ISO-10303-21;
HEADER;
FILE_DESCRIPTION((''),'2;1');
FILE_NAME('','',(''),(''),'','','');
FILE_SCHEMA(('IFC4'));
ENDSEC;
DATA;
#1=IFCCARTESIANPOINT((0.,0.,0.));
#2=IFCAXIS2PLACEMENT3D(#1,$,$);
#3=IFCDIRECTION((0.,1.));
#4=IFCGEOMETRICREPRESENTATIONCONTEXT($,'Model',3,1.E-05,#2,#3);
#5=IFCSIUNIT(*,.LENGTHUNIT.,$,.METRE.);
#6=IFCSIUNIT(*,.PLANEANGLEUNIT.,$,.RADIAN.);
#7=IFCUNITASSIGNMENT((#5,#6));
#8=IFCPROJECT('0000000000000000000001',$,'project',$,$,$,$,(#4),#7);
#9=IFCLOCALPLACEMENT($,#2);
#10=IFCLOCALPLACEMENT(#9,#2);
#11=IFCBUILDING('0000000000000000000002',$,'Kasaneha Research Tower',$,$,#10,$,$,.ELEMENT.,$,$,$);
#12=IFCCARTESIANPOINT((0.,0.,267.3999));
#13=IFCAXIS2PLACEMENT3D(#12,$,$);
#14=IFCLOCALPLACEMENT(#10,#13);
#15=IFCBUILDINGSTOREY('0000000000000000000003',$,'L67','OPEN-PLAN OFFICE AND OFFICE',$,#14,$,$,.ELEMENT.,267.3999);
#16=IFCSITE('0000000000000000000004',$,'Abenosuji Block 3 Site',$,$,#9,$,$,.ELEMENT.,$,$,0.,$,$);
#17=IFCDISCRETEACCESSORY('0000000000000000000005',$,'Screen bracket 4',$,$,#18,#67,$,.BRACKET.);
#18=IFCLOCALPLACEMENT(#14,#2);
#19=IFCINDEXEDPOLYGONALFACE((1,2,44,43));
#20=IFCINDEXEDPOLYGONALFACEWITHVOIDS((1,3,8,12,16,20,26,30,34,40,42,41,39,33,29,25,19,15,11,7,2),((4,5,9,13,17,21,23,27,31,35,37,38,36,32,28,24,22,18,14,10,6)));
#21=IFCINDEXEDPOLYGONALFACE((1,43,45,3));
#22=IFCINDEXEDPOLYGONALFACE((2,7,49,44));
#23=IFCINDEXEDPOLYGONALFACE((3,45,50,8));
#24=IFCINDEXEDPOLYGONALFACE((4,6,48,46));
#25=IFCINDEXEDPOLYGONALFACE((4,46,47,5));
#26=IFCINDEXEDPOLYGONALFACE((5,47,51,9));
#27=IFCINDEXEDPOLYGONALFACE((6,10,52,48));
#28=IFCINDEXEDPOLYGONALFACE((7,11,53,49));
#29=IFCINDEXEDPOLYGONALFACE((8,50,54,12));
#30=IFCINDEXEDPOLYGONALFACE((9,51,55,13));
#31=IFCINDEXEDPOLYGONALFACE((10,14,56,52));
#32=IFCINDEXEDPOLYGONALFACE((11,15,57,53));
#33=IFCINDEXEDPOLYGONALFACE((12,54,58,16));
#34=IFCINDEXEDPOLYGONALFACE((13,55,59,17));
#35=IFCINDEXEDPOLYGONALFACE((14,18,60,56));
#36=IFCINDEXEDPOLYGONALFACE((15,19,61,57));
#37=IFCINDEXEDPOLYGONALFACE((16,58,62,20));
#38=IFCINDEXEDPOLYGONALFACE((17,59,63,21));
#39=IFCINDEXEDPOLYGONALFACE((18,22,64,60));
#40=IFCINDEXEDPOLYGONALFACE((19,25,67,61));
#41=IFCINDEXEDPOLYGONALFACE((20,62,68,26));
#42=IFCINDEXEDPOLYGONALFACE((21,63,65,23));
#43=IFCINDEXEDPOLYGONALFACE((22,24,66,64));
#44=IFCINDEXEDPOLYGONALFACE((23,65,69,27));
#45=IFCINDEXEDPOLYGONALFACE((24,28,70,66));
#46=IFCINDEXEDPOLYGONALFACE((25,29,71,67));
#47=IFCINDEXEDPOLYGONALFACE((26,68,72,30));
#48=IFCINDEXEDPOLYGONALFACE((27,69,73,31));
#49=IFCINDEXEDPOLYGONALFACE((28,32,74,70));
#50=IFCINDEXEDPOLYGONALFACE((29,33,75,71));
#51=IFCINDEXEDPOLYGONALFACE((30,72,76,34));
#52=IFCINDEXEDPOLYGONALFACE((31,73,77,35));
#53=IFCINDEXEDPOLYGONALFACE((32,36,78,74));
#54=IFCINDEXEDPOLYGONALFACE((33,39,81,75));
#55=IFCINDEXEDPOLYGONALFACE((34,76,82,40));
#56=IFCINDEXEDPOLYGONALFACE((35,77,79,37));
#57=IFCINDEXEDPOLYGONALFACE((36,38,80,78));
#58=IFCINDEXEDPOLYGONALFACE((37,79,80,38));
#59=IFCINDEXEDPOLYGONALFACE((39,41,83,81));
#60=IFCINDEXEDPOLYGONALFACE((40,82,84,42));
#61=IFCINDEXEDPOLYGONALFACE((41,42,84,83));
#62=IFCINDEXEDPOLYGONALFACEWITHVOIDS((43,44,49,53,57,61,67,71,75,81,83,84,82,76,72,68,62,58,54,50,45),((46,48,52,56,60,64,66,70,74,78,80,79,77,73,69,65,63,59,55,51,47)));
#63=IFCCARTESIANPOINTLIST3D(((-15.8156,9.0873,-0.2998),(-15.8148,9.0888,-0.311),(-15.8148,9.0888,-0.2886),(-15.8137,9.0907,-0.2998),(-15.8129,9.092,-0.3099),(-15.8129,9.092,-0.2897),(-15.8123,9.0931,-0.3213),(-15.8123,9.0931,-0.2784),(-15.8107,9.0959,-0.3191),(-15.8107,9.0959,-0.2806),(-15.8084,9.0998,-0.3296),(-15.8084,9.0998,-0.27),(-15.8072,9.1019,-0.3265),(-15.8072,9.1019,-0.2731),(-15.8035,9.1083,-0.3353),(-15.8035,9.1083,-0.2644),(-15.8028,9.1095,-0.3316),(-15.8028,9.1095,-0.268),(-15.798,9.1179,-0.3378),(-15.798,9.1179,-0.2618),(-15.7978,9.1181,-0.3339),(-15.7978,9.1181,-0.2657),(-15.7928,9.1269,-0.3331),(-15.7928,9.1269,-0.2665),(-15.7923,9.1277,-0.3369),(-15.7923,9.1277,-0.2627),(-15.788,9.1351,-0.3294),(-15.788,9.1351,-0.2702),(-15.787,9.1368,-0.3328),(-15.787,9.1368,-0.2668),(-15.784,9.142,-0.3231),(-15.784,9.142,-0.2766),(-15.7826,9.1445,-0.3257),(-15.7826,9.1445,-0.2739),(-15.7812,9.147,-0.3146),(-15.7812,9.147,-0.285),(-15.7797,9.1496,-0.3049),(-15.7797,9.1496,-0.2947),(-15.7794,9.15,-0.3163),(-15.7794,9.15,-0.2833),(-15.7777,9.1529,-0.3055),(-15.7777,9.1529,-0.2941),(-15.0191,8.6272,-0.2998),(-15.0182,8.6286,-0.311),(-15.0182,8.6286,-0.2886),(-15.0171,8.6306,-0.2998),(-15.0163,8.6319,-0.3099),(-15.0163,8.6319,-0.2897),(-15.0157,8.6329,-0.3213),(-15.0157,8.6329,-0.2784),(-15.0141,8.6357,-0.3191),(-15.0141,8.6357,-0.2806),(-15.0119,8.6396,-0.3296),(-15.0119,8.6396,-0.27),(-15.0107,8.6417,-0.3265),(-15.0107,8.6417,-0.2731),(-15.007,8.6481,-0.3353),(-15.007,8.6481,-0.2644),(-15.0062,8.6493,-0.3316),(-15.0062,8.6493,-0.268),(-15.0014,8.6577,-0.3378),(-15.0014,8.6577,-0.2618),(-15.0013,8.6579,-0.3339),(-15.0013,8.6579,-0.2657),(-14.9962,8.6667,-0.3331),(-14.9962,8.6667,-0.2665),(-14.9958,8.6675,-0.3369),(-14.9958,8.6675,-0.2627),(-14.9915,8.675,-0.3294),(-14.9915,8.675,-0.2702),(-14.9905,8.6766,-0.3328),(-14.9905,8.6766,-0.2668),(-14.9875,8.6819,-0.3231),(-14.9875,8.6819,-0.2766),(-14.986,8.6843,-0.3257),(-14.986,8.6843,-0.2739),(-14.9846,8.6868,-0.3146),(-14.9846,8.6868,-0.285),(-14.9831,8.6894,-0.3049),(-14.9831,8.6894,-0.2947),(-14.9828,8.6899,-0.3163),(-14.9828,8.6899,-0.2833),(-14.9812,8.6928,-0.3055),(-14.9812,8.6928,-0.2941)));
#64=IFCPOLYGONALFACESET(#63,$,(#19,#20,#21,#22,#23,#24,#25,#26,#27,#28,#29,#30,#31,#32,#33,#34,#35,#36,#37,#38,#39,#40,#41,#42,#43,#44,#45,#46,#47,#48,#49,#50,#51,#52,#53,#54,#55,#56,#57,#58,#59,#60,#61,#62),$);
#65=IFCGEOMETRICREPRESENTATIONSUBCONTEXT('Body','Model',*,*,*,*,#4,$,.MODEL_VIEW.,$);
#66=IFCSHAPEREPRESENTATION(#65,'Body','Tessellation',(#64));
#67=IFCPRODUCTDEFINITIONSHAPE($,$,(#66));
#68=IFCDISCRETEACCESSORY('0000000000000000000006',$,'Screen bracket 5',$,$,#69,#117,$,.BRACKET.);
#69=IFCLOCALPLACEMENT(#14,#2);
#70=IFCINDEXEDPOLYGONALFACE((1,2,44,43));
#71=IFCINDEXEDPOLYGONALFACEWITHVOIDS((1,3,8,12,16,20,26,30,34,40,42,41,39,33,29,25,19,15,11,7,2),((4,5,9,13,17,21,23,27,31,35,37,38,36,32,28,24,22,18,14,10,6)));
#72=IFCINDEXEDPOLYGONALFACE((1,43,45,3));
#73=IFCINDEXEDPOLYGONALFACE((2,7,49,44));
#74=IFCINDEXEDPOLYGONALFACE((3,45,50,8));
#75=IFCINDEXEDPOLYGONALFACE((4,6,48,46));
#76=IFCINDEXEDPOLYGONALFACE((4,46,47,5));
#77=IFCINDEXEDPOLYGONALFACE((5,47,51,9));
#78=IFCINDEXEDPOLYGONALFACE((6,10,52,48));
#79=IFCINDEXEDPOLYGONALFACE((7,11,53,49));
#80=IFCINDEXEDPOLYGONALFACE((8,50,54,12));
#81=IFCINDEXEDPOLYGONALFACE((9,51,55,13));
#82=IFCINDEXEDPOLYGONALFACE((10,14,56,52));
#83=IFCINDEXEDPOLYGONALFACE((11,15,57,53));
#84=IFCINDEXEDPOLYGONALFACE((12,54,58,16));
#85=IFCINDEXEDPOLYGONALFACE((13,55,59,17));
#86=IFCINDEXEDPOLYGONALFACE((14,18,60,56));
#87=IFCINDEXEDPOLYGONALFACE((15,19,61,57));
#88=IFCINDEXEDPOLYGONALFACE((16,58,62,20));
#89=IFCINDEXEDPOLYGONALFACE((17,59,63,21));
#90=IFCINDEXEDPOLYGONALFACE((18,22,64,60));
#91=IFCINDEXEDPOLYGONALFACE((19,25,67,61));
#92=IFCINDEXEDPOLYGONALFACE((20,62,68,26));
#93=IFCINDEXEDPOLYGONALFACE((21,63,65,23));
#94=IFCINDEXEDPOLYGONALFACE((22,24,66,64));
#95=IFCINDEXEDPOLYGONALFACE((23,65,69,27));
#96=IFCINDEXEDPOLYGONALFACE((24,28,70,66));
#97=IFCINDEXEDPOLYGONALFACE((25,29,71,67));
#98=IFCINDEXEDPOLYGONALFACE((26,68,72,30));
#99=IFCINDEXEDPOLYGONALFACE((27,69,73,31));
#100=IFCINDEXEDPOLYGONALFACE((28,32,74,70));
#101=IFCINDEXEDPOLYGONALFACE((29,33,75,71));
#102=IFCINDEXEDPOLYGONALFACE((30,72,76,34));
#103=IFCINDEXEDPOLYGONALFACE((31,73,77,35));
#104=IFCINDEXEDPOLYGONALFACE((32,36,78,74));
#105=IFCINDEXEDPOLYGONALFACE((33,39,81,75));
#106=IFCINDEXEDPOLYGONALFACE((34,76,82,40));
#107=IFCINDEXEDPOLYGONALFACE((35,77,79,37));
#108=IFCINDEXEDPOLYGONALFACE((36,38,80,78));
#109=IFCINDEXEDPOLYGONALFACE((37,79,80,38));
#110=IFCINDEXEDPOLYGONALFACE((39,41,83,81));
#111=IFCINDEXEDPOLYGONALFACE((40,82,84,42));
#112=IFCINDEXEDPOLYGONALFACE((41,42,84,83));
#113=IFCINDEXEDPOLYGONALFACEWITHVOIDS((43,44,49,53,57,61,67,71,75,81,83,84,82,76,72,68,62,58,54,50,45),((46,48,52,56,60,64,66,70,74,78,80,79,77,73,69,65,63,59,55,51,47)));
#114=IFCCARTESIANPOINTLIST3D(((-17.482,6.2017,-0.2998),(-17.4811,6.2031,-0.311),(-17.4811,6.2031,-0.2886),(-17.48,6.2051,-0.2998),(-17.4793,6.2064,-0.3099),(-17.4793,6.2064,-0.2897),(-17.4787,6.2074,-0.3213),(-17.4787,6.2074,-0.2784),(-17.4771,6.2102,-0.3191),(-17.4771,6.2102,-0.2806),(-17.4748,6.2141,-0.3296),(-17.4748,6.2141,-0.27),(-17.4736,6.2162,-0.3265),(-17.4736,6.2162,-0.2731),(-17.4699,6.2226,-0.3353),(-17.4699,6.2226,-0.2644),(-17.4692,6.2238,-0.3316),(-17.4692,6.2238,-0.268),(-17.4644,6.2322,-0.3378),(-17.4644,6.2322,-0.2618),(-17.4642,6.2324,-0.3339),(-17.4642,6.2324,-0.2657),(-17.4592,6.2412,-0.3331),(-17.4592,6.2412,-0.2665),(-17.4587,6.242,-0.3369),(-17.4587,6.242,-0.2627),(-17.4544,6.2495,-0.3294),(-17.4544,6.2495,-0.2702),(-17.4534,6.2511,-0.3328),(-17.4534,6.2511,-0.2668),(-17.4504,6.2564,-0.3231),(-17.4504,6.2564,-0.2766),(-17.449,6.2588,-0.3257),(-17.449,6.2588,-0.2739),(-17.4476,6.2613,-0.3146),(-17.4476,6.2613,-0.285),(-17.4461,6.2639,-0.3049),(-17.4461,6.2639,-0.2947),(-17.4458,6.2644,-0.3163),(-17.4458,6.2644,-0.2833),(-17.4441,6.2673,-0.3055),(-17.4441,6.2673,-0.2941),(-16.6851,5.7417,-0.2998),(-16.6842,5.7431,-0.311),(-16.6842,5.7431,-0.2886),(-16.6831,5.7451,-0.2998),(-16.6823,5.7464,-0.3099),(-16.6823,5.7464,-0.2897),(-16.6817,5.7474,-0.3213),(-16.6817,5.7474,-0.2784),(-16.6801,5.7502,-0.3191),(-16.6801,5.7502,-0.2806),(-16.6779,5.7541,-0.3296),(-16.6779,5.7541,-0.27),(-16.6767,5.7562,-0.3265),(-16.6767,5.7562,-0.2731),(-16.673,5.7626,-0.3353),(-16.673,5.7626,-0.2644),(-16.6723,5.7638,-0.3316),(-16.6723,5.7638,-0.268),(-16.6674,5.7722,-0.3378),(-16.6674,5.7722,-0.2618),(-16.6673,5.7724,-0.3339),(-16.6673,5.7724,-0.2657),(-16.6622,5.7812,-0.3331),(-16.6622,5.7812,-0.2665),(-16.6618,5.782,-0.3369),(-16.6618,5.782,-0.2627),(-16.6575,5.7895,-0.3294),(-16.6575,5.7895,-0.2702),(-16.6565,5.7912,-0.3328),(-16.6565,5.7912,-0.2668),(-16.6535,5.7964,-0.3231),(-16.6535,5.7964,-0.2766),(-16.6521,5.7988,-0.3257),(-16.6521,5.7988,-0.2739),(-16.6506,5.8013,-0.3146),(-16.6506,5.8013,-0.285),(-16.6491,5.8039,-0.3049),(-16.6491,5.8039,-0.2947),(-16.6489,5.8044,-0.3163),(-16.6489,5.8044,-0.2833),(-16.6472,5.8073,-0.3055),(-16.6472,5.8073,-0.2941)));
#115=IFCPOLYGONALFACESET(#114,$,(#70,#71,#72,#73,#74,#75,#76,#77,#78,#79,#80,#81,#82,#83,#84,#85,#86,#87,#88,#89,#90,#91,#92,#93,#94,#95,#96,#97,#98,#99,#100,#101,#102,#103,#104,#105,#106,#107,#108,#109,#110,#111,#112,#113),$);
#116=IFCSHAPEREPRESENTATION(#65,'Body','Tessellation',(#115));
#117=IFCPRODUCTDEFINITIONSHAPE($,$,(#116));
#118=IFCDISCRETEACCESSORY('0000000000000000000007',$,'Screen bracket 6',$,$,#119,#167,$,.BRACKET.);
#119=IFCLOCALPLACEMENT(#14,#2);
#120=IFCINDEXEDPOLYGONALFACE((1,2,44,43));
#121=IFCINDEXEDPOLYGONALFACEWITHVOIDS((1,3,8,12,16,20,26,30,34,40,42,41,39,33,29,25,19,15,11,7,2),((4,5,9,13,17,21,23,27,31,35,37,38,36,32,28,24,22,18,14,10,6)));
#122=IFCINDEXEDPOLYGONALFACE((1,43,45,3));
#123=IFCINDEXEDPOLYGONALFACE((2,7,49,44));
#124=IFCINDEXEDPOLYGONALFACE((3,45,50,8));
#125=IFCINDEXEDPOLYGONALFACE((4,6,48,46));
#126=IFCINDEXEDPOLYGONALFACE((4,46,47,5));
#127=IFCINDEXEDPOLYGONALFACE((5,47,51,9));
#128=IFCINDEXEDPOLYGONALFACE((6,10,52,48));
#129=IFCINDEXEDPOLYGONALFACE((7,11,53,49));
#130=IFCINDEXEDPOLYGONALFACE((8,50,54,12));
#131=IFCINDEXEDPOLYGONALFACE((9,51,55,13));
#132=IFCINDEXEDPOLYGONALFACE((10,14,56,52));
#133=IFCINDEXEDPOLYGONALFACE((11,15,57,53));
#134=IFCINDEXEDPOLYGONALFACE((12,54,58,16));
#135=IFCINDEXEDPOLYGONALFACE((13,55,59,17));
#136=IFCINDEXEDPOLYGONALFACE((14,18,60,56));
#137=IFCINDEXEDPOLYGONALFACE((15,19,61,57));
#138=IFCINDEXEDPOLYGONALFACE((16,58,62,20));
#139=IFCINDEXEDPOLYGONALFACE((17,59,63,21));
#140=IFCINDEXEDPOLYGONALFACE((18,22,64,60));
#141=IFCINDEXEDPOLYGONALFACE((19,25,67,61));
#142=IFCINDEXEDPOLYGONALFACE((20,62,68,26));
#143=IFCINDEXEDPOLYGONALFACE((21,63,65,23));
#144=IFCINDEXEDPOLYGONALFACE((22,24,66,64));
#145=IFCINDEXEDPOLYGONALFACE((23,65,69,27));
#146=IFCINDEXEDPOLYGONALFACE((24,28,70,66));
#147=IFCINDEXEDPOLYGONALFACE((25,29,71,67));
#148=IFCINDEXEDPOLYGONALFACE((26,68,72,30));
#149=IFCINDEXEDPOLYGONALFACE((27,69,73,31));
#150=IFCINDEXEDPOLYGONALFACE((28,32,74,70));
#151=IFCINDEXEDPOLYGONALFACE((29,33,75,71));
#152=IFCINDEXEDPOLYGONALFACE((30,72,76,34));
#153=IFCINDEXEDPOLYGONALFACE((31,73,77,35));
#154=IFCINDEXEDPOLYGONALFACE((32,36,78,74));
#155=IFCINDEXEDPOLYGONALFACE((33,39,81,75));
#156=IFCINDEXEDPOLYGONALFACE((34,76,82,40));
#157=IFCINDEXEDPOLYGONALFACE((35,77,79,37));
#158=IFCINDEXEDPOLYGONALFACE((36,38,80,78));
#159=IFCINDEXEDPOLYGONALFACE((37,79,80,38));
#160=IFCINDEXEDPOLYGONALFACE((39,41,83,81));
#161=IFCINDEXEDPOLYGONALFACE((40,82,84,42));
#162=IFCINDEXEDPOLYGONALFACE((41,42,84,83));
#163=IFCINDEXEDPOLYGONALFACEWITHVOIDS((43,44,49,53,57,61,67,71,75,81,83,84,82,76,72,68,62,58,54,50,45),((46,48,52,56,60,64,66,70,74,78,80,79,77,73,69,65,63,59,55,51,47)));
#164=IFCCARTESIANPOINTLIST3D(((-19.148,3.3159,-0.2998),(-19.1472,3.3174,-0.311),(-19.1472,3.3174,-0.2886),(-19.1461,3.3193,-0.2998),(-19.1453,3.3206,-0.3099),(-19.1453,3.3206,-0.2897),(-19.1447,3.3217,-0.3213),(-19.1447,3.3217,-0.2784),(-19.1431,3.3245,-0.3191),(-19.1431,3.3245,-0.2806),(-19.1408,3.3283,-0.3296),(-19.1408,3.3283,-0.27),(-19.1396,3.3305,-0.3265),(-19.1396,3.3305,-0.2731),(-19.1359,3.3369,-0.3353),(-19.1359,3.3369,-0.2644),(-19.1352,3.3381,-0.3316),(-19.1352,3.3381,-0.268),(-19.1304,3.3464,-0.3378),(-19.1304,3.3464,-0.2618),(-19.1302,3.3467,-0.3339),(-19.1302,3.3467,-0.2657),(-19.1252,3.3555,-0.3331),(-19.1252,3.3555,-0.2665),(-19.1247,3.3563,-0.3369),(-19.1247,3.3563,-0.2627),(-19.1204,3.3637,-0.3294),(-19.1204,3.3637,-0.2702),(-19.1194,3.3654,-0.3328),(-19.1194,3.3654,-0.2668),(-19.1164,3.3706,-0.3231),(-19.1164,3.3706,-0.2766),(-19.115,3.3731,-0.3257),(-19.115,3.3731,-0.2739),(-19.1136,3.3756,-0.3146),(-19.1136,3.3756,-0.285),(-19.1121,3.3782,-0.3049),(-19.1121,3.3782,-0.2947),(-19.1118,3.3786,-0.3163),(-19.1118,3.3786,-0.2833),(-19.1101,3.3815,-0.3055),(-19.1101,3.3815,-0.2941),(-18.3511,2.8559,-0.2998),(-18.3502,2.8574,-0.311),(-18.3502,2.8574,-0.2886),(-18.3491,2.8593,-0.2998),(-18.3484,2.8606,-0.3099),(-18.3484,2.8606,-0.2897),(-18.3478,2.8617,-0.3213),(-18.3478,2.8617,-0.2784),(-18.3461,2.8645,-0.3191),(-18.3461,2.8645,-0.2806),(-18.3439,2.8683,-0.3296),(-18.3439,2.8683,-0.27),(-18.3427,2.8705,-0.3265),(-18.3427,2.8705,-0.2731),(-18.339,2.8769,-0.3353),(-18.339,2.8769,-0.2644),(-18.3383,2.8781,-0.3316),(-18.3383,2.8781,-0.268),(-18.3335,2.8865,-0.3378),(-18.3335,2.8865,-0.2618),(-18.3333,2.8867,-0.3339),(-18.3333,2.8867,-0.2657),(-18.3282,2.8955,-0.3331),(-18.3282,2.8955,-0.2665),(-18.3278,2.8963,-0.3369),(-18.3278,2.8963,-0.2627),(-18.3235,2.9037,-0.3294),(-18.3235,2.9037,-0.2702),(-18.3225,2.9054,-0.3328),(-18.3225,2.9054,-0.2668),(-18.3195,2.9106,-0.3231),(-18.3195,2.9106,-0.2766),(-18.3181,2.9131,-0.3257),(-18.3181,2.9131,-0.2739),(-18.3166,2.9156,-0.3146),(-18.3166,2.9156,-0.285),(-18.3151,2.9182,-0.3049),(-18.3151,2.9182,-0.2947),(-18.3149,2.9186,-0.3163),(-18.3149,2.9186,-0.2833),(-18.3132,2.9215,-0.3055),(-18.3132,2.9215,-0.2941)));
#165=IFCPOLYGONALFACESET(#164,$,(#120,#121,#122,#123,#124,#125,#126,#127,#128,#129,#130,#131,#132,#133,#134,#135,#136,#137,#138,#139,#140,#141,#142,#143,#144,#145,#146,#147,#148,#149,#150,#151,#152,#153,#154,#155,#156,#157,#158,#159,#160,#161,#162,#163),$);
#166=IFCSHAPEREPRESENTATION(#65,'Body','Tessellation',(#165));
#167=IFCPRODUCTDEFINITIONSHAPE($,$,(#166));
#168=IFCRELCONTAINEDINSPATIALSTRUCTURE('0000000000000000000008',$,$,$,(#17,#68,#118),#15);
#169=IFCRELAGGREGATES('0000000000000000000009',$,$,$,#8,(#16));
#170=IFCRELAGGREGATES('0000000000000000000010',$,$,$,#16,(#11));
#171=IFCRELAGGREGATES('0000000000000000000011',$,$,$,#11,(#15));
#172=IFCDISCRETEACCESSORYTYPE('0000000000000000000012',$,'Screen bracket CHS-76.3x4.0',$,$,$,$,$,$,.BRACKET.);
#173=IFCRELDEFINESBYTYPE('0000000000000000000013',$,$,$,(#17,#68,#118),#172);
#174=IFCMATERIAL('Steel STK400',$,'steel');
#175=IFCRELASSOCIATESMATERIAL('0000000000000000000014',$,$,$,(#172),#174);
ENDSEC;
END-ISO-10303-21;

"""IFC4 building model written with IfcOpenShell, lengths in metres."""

from ifc_helpers import new_model, si_unit, direction, frame, origin, origin_2d, place, context, subcontext, project, spatial, hollow_circle, extrude, material, material_profile, profile_set, type_object, element, save


model = new_model("IFC4")

# Units and contexts
model_context = context("Model", 3, precision=1e-05, world=origin(), true_north=direction((0.0, 1.0)))
body_context = subcontext(model_context, "Body", "Model", "MODEL_VIEW")
ifc_project = project(units=[si_unit("LENGTHUNIT", "METRE"), si_unit("PLANEANGLEUNIT", "RADIAN")], contexts=[model_context])

# Site, building, storey
site_placement = place(None, origin())
site = spatial("IfcSite", under=ifc_project, at=site_placement, Name="Abenosuji Block 3 Site", CompositionType="ELEMENT", RefElevation=0.0)
building_placement = place(site_placement, origin())
building = spatial("IfcBuilding", under=site, at=building_placement, Name="Kasaneha Research Tower", CompositionType="ELEMENT")
storey_placement = place(building_placement, frame((0.0, 0.0, 267.3999)))
storey = spatial("IfcBuildingStorey", under=building, at=storey_placement, Name="L67", Description="OPEN-PLAN OFFICE AND OFFICE", CompositionType="ELEMENT", Elevation=267.3999)

# Discrete accessories
ifc_material_1 = material(Name="Steel STK400", Category="steel")
ifc_material_profile_1 = material_profile(ifc_material_1, hollow_circle(Radius=0.0381, WallThickness=0.0039, at=origin_2d()), Name="CHS-76.3x4.0")
ifc_profile_set_1 = profile_set([ifc_material_profile_1], Name="Steel STK400")
discrete_accessory_type = type_object("IfcDiscreteAccessoryType", Name="Screen bracket CHS-76.3x4.0", PredefinedType="BRACKET", material=ifc_profile_set_1)
discrete_accessory_1_placement = place(storey_placement, frame((-15.0, 8.6602, -0.2998), z_axis=(-0.865898, 0.50022, 0.0), x_axis=(-0.50022, -0.865898, 0.0)))
element("IfcDiscreteAccessory", 1, at=discrete_accessory_1_placement, inside=storey, type_object=discrete_accessory_type, Name="Screen bracket 4", PredefinedType="BRACKET", context=body_context, shape_type="SweptSolid", body=[
    extrude(hollow_circle(Radius=0.0381, WallThickness=0.0039, at=origin_2d()), origin(), (0.0, 0.0, 1.0), 0.9199),
])
for number, where, z_axis, x_axis, name in (
    (2, (-16.666, 5.7747, -0.2998), (-0.86608, 0.499906, 0.0), (-0.499906, -0.86608, 0.0), "Screen bracket 5"),
    (3, (-18.332, 2.8889, -0.2998), (-0.86608, 0.499906, 0.0), (-0.499906, -0.86608, 0.0), "Screen bracket 6"),
):
    element("IfcDiscreteAccessory", number, at=place(storey_placement, frame(where, z_axis=z_axis, x_axis=x_axis)), inside=storey, type_object=discrete_accessory_type, Name=name, PredefinedType="BRACKET", context=body_context, shape_type="SweptSolid", body=[
        extrude(hollow_circle(Radius=0.0381, WallThickness=0.0039, at=origin_2d()), origin(), (0.0, 0.0, 1.0), 0.9202),
    ])

save(model, "model.ifc")
